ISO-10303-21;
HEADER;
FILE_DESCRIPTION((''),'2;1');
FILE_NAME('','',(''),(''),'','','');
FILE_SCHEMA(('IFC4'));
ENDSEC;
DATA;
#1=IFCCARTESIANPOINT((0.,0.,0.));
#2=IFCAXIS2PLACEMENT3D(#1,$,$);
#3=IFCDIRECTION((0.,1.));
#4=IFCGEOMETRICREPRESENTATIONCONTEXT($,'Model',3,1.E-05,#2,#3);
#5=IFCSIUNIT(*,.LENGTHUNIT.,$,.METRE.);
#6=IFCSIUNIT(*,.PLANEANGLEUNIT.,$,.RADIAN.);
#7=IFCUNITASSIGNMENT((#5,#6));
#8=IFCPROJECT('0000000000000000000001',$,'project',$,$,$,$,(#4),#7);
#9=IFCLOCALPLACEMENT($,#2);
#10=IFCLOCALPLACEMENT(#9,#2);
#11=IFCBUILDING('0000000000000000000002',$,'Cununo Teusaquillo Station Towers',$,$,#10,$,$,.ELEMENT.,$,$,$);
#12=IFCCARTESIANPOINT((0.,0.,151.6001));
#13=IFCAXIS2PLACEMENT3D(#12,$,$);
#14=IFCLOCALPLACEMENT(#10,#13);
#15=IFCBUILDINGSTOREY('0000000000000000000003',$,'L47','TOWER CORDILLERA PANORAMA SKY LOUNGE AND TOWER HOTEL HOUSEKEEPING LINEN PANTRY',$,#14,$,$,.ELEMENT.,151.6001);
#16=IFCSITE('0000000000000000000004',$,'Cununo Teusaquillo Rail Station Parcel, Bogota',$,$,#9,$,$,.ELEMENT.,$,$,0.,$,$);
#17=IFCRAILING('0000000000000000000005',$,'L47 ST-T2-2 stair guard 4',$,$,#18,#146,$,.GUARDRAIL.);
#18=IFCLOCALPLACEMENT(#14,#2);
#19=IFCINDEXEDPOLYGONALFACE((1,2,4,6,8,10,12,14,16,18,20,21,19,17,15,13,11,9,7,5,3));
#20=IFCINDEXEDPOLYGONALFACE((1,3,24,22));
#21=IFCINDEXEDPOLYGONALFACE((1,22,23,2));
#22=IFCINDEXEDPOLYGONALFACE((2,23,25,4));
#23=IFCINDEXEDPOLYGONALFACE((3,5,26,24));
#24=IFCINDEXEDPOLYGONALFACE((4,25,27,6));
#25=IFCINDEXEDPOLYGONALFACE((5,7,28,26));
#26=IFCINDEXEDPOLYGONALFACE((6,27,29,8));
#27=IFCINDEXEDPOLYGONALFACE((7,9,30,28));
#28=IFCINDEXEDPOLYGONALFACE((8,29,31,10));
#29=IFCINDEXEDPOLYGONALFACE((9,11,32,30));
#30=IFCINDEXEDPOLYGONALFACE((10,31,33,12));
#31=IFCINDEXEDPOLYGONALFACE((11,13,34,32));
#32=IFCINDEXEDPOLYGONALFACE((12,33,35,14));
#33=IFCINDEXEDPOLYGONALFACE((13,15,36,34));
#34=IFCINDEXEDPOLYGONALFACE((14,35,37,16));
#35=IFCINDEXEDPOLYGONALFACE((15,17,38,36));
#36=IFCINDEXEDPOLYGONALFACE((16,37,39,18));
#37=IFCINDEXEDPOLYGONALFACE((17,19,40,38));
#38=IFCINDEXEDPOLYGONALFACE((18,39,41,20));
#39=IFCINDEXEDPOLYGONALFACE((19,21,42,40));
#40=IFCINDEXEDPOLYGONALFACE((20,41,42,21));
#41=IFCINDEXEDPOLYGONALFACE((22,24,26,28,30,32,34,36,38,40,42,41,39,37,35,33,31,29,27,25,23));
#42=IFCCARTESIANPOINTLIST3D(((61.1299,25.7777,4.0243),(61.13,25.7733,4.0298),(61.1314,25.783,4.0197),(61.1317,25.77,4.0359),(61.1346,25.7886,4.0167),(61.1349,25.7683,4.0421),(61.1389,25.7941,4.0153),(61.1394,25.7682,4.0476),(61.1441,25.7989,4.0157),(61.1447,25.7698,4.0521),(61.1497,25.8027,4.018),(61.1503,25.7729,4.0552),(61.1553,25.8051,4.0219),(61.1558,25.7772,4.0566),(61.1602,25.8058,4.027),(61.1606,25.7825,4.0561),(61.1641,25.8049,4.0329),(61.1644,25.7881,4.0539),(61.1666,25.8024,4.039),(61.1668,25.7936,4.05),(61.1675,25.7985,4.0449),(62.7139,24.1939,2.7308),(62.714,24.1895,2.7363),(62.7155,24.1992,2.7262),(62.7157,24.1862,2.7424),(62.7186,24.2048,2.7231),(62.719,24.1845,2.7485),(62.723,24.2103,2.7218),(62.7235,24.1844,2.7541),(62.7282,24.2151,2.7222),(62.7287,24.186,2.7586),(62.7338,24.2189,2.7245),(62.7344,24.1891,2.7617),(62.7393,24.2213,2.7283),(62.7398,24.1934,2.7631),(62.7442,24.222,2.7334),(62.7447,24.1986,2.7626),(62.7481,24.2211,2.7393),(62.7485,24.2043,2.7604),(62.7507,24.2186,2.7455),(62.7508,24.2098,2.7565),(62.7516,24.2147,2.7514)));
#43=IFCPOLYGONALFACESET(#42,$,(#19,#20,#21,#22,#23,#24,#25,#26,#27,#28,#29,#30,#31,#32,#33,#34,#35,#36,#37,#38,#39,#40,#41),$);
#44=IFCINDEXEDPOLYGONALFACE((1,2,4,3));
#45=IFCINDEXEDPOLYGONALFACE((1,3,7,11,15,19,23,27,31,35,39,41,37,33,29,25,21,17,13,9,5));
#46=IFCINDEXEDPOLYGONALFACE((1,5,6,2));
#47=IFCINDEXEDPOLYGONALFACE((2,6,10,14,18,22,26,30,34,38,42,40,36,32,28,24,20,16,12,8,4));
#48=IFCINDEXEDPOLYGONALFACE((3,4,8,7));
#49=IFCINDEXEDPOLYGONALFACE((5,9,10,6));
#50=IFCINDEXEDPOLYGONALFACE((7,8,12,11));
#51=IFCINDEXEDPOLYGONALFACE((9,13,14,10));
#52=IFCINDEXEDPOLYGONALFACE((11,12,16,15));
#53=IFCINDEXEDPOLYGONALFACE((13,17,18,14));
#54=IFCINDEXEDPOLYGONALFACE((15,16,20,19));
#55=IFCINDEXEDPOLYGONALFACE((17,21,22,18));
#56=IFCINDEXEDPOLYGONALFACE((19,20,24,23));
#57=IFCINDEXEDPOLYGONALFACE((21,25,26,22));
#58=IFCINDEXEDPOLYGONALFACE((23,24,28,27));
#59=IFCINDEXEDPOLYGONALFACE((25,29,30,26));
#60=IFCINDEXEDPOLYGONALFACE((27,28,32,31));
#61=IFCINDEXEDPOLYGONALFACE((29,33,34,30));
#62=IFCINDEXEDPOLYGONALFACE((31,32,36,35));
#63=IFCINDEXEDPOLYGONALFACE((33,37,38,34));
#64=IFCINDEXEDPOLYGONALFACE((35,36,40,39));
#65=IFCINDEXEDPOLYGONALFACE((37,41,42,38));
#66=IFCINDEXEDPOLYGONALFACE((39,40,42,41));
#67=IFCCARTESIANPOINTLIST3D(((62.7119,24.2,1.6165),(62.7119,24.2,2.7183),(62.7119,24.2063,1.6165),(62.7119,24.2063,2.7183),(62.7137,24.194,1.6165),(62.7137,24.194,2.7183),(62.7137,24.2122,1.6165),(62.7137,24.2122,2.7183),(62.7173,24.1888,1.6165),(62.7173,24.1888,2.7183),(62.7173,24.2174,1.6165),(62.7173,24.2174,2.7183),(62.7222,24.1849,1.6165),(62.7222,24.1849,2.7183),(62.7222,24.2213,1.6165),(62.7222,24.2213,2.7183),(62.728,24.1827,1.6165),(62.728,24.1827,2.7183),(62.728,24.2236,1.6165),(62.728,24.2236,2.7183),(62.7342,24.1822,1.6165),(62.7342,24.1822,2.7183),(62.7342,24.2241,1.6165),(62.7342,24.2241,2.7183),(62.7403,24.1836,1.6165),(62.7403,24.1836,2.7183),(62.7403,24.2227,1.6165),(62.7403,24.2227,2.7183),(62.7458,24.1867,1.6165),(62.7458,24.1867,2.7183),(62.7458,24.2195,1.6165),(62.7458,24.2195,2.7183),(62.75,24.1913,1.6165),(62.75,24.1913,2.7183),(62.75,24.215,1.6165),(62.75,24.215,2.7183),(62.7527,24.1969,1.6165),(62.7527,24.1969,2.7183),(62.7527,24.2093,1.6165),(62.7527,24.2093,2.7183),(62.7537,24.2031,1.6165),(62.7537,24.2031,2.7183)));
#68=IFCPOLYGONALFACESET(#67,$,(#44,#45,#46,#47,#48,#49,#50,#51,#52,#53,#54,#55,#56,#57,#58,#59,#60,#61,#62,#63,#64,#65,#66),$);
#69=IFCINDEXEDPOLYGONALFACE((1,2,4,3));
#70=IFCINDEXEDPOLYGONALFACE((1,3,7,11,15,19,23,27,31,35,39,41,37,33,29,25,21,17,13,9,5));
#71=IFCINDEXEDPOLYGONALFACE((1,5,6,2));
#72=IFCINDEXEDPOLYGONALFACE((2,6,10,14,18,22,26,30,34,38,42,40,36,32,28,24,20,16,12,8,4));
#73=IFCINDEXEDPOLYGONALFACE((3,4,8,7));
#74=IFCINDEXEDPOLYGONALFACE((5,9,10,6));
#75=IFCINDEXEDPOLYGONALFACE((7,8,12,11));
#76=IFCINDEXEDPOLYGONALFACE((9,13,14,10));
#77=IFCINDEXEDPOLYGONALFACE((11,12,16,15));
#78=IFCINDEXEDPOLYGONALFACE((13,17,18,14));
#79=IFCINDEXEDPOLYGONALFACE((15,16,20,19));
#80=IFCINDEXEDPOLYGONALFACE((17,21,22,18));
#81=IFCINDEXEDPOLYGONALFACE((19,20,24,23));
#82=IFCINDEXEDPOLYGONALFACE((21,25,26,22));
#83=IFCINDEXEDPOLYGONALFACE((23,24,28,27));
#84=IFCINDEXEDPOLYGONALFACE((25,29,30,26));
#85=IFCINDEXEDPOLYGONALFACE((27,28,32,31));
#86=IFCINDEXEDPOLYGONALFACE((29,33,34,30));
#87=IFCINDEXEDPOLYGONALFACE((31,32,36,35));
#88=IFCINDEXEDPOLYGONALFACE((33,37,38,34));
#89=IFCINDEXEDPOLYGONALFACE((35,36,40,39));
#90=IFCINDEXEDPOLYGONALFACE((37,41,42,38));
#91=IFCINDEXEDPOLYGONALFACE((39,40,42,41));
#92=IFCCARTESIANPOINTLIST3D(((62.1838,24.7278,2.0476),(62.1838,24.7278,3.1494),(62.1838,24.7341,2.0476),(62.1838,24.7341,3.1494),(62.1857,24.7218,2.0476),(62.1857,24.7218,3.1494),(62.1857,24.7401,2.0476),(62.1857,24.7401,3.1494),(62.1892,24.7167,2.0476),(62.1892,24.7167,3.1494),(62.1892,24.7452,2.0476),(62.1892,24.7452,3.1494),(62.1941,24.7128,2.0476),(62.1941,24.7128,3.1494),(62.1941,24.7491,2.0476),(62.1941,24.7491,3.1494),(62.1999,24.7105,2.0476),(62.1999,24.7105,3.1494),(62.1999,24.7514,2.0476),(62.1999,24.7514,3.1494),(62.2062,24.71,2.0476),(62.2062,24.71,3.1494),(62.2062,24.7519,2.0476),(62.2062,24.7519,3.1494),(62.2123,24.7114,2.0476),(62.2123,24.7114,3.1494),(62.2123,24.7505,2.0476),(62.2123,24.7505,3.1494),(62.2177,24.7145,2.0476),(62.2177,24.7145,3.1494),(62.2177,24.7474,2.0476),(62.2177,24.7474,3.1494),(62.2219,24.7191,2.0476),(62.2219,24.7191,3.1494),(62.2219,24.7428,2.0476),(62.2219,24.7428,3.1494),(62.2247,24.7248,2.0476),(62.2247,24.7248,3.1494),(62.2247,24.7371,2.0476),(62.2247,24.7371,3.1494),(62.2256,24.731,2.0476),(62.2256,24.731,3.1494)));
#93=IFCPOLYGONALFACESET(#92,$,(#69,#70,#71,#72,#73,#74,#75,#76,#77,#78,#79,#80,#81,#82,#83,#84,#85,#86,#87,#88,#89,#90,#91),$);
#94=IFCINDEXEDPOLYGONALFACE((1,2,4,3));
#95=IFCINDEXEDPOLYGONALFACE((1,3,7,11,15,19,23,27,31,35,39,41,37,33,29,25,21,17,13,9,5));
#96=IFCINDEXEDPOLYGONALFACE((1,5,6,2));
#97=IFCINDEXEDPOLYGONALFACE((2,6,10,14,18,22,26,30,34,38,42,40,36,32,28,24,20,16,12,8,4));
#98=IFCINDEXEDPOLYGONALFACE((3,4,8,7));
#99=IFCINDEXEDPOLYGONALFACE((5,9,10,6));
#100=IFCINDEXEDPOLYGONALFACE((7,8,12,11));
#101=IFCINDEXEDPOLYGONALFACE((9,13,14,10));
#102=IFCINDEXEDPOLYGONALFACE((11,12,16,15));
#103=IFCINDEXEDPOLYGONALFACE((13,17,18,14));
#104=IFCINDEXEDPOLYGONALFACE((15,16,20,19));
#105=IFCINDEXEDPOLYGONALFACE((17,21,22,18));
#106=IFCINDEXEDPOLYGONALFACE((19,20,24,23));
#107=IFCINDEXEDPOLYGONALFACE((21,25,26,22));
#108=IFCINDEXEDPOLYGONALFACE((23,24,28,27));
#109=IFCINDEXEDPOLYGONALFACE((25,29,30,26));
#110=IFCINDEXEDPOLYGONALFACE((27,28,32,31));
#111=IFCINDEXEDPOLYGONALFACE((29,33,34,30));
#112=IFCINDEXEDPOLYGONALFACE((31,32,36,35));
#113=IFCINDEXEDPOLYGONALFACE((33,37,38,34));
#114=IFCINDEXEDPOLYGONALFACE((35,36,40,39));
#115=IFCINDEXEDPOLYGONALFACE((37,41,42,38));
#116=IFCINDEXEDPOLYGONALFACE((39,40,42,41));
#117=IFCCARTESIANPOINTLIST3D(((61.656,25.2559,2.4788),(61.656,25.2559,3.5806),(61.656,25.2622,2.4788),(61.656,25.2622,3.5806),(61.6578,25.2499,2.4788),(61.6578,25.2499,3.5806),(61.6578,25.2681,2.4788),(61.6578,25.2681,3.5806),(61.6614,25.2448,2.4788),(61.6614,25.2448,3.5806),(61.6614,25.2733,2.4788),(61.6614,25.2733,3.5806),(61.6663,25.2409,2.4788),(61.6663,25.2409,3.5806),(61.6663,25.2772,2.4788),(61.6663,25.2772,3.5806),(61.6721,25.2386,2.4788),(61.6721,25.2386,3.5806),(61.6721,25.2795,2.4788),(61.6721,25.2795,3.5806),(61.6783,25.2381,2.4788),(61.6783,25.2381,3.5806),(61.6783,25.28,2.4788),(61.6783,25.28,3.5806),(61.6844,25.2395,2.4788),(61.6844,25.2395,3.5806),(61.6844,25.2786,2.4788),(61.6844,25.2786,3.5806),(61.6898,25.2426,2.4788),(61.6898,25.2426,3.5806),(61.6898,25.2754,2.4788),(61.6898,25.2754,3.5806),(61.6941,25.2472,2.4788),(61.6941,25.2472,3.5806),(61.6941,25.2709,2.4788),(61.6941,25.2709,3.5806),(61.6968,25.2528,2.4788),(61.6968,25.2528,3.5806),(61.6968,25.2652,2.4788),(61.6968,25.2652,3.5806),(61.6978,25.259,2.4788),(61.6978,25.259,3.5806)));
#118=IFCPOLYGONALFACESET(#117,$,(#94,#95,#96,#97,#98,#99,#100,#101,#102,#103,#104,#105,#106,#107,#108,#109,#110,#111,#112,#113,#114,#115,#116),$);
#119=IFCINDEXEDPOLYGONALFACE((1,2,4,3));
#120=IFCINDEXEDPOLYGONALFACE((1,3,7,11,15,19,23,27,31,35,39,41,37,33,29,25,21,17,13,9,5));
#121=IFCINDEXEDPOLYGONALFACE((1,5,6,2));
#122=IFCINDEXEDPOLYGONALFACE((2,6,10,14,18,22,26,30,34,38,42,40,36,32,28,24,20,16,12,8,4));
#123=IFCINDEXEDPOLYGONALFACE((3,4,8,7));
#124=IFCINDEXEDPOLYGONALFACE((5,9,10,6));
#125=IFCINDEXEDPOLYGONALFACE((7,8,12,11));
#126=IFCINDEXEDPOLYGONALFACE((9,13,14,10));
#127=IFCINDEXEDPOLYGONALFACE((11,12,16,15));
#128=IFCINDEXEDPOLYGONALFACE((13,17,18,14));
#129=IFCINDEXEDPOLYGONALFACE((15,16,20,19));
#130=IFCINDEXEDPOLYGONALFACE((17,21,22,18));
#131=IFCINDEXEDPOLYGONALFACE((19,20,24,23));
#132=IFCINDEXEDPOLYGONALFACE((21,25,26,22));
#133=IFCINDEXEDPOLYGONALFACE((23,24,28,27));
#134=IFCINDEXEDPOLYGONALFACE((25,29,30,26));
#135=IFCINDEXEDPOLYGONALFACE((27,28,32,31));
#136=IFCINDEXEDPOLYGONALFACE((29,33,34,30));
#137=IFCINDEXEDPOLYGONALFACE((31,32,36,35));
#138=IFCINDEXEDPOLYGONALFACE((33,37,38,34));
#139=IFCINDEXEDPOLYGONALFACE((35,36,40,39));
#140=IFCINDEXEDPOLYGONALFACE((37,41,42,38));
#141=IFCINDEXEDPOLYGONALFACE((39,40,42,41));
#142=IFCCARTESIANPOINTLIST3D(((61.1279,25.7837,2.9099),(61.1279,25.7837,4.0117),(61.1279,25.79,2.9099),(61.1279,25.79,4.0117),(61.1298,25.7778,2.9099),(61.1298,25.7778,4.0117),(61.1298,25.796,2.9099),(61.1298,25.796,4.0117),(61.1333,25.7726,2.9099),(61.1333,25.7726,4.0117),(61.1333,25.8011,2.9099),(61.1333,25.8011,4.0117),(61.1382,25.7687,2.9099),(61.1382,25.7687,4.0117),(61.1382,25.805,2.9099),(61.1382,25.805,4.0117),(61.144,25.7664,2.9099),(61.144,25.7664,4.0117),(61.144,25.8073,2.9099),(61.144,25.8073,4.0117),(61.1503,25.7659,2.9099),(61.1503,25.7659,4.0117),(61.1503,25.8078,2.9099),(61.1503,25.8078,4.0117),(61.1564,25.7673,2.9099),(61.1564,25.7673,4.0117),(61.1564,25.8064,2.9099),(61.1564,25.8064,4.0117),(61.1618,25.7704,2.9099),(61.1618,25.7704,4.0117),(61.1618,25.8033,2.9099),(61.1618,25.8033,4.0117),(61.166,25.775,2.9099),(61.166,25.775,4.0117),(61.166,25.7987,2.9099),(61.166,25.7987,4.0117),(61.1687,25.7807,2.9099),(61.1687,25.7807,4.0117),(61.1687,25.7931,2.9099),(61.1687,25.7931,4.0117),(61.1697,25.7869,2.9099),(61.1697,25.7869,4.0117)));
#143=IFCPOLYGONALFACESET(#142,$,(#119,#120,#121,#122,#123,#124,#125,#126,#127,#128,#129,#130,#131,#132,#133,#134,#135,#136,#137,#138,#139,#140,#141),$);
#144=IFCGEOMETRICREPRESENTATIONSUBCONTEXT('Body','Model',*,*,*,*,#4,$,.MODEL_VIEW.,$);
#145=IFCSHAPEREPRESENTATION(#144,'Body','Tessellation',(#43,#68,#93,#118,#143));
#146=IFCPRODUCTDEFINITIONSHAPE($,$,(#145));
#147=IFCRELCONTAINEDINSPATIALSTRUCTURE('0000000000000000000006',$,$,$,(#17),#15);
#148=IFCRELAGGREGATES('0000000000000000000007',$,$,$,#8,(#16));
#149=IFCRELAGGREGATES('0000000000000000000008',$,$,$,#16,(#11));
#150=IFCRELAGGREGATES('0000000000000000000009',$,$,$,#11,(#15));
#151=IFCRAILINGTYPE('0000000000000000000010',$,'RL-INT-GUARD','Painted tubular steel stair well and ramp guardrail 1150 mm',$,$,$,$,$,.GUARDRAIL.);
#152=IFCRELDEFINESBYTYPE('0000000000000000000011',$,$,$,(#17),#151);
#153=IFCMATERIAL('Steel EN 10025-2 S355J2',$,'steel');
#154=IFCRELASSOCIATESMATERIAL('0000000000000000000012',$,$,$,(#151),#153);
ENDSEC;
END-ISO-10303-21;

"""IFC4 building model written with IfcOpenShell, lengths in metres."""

from ifc_helpers import new_model, si_unit, direction, frame, origin, origin_2d, place, context, subcontext, project, spatial, circle, extrude, material, type_object, element, save


model = new_model("IFC4")

# Units and contexts
model_context = context("Model", 3, precision=1e-05, world=origin(), true_north=direction((0.0, 1.0)))
body_context = subcontext(model_context, "Body", "Model", "MODEL_VIEW")
ifc_project = project(units=[si_unit("LENGTHUNIT", "METRE"), si_unit("PLANEANGLEUNIT", "RADIAN")], contexts=[model_context])

# Site, building, storey
site_placement = place(None, origin())
site = spatial("IfcSite", under=ifc_project, at=site_placement, Name="Cununo Teusaquillo Rail Station Parcel, Bogota", CompositionType="ELEMENT", RefElevation=0.0)
building_placement = place(site_placement, origin())
building = spatial("IfcBuilding", under=site, at=building_placement, Name="Cununo Teusaquillo Station Towers", CompositionType="ELEMENT")
storey_placement = place(building_placement, frame((0.0, 0.0, 151.6001)))
storey = spatial("IfcBuildingStorey", under=building, at=storey_placement, Name="L47", Description="TOWER CORDILLERA PANORAMA SKY LOUNGE AND TOWER HOTEL HOUSEKEEPING LINEN PANTRY", CompositionType="ELEMENT", Elevation=151.6001)

# Railing
ifc_material_1 = material(Name="Steel EN 10025-2 S355J2", Category="steel")
railing_type_1 = type_object("IfcRailingType", Name="RL-INT-GUARD", Description="Painted tubular steel stair well and ramp guardrail 1150 mm", PredefinedType="GUARDRAIL", material=ifc_material_1)
railing_1_placement = place(storey_placement, frame((62.7327, 24.2031, 1.6165)))
element("IfcRailing", 1, at=railing_1_placement, inside=storey, type_object=railing_type_1, Name="L47 ST-T2-2 stair guard 4", PredefinedType="GUARDRAIL", context=body_context, shape_type="SweptSolid", body=[
    extrude(circle(Radius=0.0239, at=origin_2d()), frame((0.0, 0.0, 1.126), z_axis=(-0.612391, 0.612297, 0.500069), x_axis=(-0.707052, -0.707161, 0.0)), (0.0, 0.0, 1.0), 2.5867),
    extrude(circle(Radius=0.021, at=origin_2d()), origin(), (0.0, 0.0, 1.0), 1.1018),
    extrude(circle(Radius=0.021, at=origin_2d()), frame((-0.5281, 0.5278, 0.4312)), (0.0, 0.0, 1.0), 1.1018),
    extrude(circle(Radius=0.021, at=origin_2d()), frame((-1.0559, 1.0559, 0.8623)), (0.0, 0.0, 1.0), 1.1018),
    extrude(circle(Radius=0.021, at=origin_2d()), frame((-1.584, 1.5837, 1.2935)), (0.0, 0.0, 1.0), 1.1018),
])

save(model, "model.ifc")
